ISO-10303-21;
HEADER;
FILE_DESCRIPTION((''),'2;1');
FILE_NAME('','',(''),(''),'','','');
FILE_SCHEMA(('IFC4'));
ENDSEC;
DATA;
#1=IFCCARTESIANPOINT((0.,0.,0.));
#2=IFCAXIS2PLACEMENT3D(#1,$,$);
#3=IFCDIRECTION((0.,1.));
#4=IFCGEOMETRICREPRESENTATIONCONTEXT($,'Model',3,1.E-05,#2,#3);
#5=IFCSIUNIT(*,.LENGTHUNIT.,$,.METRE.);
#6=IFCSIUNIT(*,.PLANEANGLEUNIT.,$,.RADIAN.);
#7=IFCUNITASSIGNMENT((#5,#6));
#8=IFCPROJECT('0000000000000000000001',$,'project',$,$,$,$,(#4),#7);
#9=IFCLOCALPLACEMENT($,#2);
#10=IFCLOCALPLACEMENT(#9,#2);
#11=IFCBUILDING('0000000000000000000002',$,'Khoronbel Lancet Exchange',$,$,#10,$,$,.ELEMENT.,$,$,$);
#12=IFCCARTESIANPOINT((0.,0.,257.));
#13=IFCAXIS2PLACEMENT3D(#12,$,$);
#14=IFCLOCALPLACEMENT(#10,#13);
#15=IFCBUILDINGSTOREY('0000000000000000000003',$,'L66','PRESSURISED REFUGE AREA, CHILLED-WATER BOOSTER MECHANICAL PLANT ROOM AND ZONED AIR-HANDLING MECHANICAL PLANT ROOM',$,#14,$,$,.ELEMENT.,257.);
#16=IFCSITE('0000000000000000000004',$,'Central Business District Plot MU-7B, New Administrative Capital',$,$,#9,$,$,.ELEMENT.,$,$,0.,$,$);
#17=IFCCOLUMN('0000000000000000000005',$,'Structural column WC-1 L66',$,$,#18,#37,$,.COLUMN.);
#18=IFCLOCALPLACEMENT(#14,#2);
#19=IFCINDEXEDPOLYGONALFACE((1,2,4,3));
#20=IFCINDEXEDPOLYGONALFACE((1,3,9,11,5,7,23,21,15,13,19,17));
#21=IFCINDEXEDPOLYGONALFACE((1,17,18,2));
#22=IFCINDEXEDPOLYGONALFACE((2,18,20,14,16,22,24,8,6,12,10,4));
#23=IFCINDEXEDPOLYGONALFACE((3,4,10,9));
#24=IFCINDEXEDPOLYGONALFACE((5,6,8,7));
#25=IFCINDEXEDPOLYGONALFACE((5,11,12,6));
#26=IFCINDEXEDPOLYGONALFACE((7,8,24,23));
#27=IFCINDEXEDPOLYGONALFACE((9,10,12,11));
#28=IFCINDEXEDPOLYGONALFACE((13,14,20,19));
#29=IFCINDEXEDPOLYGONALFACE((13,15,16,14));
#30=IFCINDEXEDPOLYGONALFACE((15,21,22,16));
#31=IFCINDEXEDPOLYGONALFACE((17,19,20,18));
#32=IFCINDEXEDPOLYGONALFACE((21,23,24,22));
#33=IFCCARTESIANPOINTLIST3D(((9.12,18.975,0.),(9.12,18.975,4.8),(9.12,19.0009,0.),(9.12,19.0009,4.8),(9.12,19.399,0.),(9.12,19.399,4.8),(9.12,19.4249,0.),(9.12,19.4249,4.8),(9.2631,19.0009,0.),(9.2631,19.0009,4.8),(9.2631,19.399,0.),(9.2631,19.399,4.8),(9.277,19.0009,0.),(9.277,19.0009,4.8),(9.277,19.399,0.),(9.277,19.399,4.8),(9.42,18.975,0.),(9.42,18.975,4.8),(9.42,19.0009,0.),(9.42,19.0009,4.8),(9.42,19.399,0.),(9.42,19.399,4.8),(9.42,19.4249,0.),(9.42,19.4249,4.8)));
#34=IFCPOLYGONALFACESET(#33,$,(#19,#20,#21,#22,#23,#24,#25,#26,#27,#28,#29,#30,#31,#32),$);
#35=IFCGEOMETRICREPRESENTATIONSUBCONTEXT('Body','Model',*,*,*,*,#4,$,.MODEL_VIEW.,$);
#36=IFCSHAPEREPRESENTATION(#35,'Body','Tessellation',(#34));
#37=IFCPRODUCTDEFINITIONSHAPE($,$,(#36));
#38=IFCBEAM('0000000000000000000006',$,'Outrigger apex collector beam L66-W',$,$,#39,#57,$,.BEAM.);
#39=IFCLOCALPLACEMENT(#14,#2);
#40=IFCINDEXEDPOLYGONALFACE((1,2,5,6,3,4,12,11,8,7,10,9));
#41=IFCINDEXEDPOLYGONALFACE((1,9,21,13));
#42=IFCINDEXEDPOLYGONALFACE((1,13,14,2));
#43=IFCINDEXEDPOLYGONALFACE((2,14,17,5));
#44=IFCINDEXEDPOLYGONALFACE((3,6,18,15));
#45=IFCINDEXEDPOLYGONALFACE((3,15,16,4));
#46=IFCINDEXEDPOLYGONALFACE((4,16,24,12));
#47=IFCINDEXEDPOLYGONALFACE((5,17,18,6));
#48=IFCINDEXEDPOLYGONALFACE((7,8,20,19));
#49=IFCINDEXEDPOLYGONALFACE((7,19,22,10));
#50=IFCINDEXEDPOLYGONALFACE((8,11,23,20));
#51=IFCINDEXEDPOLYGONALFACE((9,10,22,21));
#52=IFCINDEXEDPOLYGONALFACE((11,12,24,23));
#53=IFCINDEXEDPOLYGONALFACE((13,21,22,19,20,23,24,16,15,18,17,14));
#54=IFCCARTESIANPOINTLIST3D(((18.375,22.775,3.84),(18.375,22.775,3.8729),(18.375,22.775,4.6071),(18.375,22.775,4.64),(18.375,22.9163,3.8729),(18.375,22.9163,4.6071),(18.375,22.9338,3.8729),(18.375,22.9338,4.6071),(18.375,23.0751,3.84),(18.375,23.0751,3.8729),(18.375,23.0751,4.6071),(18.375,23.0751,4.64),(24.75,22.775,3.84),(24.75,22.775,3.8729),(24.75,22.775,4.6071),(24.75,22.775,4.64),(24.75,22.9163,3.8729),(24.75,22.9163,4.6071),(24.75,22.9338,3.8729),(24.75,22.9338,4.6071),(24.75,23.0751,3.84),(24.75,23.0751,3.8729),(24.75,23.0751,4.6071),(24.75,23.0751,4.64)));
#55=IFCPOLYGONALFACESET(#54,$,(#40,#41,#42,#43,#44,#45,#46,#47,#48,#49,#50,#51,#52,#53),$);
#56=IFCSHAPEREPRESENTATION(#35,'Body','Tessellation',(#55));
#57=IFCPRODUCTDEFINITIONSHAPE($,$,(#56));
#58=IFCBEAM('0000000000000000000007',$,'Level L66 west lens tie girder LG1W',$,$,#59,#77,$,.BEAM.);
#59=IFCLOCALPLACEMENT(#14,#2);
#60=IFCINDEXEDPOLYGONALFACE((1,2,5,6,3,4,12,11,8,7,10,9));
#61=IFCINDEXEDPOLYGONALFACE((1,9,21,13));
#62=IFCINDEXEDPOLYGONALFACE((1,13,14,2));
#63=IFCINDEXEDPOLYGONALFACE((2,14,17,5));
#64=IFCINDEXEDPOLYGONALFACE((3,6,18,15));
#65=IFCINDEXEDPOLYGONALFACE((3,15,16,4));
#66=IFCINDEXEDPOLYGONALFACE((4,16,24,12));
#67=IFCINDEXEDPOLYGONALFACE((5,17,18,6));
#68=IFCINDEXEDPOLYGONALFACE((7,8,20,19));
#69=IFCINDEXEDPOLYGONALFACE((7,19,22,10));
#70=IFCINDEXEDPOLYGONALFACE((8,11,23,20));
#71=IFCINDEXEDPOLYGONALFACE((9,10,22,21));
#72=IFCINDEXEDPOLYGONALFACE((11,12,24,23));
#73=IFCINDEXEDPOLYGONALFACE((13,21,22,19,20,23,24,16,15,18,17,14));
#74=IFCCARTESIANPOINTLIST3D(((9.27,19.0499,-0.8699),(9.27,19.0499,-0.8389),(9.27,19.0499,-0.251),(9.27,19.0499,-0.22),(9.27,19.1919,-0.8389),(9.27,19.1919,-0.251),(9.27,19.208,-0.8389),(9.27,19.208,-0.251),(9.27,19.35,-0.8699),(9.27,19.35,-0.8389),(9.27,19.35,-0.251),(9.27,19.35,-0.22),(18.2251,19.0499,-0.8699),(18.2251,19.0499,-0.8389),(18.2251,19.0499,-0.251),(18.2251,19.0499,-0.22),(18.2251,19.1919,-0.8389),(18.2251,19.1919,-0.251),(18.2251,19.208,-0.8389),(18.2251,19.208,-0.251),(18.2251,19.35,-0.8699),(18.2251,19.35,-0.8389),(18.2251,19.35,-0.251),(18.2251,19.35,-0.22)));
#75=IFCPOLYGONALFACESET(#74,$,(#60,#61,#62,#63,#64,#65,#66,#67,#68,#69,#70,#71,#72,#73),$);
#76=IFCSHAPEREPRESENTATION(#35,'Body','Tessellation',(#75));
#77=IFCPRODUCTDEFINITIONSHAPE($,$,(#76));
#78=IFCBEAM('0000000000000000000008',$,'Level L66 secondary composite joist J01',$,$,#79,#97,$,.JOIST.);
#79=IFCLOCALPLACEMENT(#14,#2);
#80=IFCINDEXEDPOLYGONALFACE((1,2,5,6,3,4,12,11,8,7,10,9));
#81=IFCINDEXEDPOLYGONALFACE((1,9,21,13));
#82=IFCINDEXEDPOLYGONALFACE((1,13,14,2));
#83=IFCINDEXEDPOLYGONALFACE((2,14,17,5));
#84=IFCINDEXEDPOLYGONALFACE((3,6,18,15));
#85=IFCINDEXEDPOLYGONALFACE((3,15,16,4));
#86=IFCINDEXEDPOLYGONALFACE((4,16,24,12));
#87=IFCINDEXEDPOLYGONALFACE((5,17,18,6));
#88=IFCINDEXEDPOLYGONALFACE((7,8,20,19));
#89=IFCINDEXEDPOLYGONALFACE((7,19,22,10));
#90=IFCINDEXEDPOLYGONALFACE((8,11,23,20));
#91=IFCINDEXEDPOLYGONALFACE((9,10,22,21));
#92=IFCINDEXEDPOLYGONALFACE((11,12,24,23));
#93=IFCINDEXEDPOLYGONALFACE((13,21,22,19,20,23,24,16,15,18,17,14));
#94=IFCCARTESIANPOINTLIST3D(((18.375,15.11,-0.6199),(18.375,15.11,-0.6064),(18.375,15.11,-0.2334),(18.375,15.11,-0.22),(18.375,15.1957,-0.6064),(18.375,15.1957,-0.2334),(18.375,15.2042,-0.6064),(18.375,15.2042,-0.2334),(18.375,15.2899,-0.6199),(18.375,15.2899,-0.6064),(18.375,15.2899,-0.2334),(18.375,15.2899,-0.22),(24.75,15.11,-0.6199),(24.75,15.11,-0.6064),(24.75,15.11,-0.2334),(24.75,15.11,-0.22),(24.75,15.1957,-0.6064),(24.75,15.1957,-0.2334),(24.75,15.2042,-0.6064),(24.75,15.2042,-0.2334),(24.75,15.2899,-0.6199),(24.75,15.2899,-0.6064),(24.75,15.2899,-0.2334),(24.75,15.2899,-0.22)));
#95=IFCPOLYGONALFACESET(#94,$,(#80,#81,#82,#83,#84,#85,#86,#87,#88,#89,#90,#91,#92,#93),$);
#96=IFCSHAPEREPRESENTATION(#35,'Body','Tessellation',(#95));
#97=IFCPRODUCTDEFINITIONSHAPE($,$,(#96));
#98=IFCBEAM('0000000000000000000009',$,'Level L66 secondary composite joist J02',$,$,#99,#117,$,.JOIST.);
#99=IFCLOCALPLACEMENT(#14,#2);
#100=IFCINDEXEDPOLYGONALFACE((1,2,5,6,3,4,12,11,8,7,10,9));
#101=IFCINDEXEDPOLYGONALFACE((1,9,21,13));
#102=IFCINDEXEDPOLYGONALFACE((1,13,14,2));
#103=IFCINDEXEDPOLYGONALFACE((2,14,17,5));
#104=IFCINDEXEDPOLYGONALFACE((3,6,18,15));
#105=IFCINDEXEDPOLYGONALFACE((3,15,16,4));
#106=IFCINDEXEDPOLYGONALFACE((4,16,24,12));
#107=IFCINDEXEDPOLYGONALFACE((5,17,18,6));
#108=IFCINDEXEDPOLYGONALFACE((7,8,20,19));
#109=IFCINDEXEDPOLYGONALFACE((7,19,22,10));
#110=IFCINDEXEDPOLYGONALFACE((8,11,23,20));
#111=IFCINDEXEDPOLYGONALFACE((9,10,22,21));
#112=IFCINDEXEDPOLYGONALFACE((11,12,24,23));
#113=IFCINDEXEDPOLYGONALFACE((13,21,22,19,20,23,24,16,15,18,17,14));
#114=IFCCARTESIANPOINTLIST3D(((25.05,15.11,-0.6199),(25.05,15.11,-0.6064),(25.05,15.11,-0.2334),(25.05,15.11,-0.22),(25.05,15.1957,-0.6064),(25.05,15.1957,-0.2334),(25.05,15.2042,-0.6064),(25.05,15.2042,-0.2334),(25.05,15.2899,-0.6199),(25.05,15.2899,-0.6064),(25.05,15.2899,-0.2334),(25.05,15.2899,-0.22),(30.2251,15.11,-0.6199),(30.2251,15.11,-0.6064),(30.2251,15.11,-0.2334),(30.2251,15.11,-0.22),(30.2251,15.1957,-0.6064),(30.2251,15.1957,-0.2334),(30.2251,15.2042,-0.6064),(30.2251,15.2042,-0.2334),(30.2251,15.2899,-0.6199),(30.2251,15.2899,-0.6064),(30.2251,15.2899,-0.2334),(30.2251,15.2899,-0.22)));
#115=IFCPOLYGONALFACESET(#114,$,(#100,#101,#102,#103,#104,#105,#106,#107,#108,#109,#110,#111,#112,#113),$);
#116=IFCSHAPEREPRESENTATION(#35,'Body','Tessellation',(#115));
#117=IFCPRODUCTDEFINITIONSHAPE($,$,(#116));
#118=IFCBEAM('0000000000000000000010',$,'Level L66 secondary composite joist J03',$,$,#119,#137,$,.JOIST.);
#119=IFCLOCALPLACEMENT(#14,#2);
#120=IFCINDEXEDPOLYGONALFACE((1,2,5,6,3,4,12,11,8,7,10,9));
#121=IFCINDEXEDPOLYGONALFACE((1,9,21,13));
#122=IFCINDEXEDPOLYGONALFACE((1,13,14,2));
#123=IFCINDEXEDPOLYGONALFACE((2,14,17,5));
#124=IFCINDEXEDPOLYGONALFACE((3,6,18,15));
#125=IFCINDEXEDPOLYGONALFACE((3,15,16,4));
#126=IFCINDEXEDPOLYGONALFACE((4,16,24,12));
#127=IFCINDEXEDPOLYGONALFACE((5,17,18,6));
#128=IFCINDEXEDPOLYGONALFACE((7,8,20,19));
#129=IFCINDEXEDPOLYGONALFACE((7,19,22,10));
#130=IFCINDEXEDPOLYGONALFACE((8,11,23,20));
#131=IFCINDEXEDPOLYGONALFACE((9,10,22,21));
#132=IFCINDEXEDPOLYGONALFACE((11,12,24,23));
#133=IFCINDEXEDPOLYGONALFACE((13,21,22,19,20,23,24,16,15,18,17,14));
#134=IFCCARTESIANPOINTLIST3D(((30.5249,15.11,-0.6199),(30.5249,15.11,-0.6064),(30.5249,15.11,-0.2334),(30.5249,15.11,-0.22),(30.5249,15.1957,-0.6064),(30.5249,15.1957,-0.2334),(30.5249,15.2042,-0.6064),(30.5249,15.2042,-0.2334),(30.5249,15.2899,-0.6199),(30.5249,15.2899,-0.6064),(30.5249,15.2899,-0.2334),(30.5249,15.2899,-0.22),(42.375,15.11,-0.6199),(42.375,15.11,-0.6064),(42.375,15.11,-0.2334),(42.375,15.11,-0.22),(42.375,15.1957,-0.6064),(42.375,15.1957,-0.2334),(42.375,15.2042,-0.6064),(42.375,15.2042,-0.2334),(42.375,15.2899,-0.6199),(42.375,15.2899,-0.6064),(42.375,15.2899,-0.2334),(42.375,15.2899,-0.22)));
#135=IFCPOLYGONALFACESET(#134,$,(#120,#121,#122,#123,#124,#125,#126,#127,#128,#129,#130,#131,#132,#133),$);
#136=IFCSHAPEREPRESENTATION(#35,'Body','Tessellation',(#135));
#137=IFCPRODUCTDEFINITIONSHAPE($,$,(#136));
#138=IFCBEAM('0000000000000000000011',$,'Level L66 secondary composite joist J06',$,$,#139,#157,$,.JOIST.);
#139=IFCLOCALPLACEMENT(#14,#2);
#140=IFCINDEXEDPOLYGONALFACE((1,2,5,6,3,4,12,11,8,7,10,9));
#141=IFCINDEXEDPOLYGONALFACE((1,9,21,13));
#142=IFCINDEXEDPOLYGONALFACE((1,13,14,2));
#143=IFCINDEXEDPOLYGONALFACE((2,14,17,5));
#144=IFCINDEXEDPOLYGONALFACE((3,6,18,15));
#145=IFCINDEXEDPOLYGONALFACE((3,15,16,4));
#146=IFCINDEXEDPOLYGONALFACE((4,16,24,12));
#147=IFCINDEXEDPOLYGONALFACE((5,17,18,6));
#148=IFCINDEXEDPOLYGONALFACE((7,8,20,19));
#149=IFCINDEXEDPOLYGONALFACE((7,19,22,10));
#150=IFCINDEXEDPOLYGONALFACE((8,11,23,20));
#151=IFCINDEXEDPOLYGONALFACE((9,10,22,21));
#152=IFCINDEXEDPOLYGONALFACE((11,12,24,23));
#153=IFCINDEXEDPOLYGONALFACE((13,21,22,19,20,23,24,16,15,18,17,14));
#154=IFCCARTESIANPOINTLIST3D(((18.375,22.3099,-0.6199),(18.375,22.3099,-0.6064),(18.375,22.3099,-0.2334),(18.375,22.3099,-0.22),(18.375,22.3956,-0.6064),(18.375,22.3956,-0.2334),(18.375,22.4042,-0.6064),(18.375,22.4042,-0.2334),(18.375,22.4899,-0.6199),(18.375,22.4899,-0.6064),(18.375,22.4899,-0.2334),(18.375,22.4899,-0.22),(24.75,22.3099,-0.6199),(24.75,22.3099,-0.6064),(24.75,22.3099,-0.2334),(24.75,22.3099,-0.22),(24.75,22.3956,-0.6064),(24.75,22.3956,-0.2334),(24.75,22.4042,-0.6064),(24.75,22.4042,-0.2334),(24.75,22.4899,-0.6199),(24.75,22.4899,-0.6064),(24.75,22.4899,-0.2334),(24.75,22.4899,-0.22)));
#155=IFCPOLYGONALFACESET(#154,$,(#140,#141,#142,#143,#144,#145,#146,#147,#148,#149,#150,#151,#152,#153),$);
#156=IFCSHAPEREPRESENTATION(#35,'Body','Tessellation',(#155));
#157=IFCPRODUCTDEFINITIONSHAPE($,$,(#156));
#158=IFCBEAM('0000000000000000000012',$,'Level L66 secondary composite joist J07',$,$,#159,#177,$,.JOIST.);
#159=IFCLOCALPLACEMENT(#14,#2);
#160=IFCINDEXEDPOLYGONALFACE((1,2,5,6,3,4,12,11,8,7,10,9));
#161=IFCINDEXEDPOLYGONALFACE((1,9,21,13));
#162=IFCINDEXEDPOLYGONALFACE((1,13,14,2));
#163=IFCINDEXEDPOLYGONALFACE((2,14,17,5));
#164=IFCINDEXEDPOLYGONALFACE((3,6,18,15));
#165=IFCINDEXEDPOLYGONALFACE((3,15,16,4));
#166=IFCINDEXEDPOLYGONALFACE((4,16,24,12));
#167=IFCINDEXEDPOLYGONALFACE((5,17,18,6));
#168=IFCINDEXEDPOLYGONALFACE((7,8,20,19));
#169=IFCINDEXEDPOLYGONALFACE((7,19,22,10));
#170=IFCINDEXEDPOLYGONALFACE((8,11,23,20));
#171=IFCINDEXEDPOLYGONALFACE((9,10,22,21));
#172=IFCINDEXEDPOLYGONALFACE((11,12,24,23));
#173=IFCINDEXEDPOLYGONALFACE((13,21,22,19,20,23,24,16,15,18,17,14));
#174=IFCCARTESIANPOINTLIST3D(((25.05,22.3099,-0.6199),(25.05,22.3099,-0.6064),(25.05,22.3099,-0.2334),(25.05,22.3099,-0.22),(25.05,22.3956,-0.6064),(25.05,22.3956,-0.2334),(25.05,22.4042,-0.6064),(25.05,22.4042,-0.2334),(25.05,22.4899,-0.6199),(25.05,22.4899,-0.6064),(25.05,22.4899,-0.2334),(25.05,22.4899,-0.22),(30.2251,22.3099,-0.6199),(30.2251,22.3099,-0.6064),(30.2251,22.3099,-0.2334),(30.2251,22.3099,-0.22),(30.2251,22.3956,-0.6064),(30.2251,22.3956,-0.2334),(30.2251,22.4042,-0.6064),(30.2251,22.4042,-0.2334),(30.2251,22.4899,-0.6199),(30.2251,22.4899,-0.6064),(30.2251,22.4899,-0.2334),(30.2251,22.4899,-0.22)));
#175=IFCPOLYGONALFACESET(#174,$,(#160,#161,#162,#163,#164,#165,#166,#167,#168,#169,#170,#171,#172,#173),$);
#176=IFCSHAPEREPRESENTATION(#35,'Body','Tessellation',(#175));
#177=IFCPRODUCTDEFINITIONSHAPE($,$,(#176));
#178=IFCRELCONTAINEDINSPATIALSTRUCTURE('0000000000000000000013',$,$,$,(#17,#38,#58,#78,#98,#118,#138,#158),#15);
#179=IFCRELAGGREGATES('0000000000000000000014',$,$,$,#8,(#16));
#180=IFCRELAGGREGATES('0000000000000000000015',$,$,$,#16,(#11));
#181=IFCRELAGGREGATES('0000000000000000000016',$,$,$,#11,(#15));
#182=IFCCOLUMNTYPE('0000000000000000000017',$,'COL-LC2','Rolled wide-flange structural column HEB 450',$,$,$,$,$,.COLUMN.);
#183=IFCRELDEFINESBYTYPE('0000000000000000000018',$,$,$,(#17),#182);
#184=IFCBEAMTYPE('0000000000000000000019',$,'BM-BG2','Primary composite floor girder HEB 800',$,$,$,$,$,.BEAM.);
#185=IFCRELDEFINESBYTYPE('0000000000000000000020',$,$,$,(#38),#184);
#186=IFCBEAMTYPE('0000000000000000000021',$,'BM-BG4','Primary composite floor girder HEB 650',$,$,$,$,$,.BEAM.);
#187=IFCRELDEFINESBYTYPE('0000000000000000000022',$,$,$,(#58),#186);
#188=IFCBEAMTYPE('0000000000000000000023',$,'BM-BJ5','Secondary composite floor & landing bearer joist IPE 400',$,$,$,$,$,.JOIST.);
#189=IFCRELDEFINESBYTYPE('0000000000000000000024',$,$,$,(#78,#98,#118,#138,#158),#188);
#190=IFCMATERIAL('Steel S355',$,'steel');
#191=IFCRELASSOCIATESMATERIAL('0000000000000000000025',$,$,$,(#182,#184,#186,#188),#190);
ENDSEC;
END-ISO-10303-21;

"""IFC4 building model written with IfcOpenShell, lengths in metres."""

from ifc_helpers import new_model, si_unit, direction, frame, origin, origin_2d, place, context, subcontext, project, spatial, i_section, extrude, material, material_profile, profile_set, type_object, element, save


model = new_model("IFC4")

# Units and contexts
model_context = context("Model", 3, precision=1e-05, world=origin(), true_north=direction((0.0, 1.0)))
body_context = subcontext(model_context, "Body", "Model", "MODEL_VIEW")
ifc_project = project(units=[si_unit("LENGTHUNIT", "METRE"), si_unit("PLANEANGLEUNIT", "RADIAN")], contexts=[model_context])

# Site, building, storey
site_placement = place(None, origin())
site = spatial("IfcSite", under=ifc_project, at=site_placement, Name="Central Business District Plot MU-7B, New Administrative Capital", CompositionType="ELEMENT", RefElevation=0.0)
building_placement = place(site_placement, origin())
building = spatial("IfcBuilding", under=site, at=building_placement, Name="Khoronbel Lancet Exchange", CompositionType="ELEMENT")
storey_placement = place(building_placement, frame((0.0, 0.0, 257.0)))
storey = spatial("IfcBuildingStorey", under=building, at=storey_placement, Name="L66", Description="PRESSURISED REFUGE AREA, CHILLED-WATER BOOSTER MECHANICAL PLANT ROOM AND ZONED AIR-HANDLING MECHANICAL PLANT ROOM", CompositionType="ELEMENT", Elevation=257.0)

# Column
ifc_material_1 = material(Name="Steel S355", Category="steel")
ifc_material_profile_1 = material_profile(ifc_material_1, i_section(OverallWidth=0.3, OverallDepth=0.45, WebThickness=0.0139, FlangeThickness=0.0259, at=origin_2d()), Name="HEB 450")
ifc_profile_set_1 = profile_set([ifc_material_profile_1], Name="Steel S355")
column_type = type_object("IfcColumnType", Name="COL-LC2", Description="Rolled wide-flange structural column HEB 450", PredefinedType="COLUMN", material=ifc_profile_set_1)
column_placement = place(storey_placement, frame((9.27, 19.2, 0.0), z_axis=(0.0, 0.0, 1.0), x_axis=(1.0, 0.0, 0.0)))
element("IfcColumn", 1, at=column_placement, inside=storey, type_object=column_type, Name="Structural column WC-1 L66", PredefinedType="COLUMN", context=body_context, shape_type="SweptSolid", body=[
    extrude(i_section(OverallWidth=0.3, OverallDepth=0.45, WebThickness=0.0139, FlangeThickness=0.0259, at=origin_2d()), origin(), (0.0, 0.0, 1.0), 4.8),
])

# Beams
ifc_material_profile_2 = material_profile(ifc_material_1, i_section(OverallWidth=0.3, OverallDepth=0.8, WebThickness=0.0176, FlangeThickness=0.033, at=origin_2d()), Name="HEB 800")
ifc_profile_set_2 = profile_set([ifc_material_profile_2], Name="Steel S355")
beam_type_1 = type_object("IfcBeamType", Name="BM-BG2", Description="Primary composite floor girder HEB 800", PredefinedType="BEAM", material=ifc_profile_set_2)
beam_1_placement = place(storey_placement, frame((18.375, 22.925, 4.24), z_axis=(1.0, 0.0, 0.0), x_axis=(0.0, 1.0, 0.0)))
element("IfcBeam", 2, at=beam_1_placement, inside=storey, type_object=beam_type_1, Name="Outrigger apex collector beam L66-W", PredefinedType="BEAM", context=body_context, shape_type="SweptSolid", body=[
    extrude(i_section(OverallWidth=0.3, OverallDepth=0.8, WebThickness=0.0176, FlangeThickness=0.033, at=origin_2d()), origin(), (0.0, 0.0, 1.0), 6.375),
])
ifc_material_profile_3 = material_profile(ifc_material_1, i_section(OverallWidth=0.3, OverallDepth=0.6499, WebThickness=0.0161, FlangeThickness=0.031, at=origin_2d()), Name="HEB 650")
ifc_profile_set_3 = profile_set([ifc_material_profile_3], Name="Steel S355")
beam_type_2 = type_object("IfcBeamType", Name="BM-BG4", Description="Primary composite floor girder HEB 650", PredefinedType="BEAM", material=ifc_profile_set_3)
beam_2_placement = place(storey_placement, frame((9.27, 19.2, -0.5449), z_axis=(1.0, 0.0, 0.0), x_axis=(0.0, 1.0, 0.0)))
element("IfcBeam", 3, at=beam_2_placement, inside=storey, type_object=beam_type_2, Name="Level L66 west lens tie girder LG1W", PredefinedType="BEAM", context=body_context, shape_type="SweptSolid", body=[
    extrude(i_section(OverallWidth=0.3, OverallDepth=0.6499, WebThickness=0.0161, FlangeThickness=0.031, at=origin_2d()), origin(), (0.0, 0.0, 1.0), 8.9551),
])
ifc_material_profile_4 = material_profile(ifc_material_1, i_section(OverallWidth=0.1799, OverallDepth=0.3999, WebThickness=0.0085, FlangeThickness=0.0134, at=origin_2d()), Name="IPE 400")
ifc_profile_set_4 = profile_set([ifc_material_profile_4], Name="Steel S355")
beam_type_3 = type_object("IfcBeamType", Name="BM-BJ5", Description="Secondary composite floor & landing bearer joist IPE 400", PredefinedType="JOIST", material=ifc_profile_set_4)
beam_3_placement = place(storey_placement, frame((18.375, 15.2, -0.4199), z_axis=(1.0, 0.0, 0.0), x_axis=(0.0, 1.0, 0.0)))
element("IfcBeam", 4, at=beam_3_placement, inside=storey, type_object=beam_type_3, Name="Level L66 secondary composite joist J01", PredefinedType="JOIST", context=body_context, shape_type="SweptSolid", body=[
    extrude(i_section(OverallWidth=0.1799, OverallDepth=0.3999, WebThickness=0.0085, FlangeThickness=0.0134, at=origin_2d()), origin(), (0.0, 0.0, 1.0), 6.375),
])
beam_4_placement = place(storey_placement, frame((25.05, 15.2, -0.4199), z_axis=(1.0, 0.0, 0.0), x_axis=(0.0, 1.0, 0.0)))
element("IfcBeam", 5, at=beam_4_placement, inside=storey, type_object=beam_type_3, Name="Level L66 secondary composite joist J02", PredefinedType="JOIST", context=body_context, shape_type="SweptSolid", body=[
    extrude(i_section(OverallWidth=0.1799, OverallDepth=0.3999, WebThickness=0.0085, FlangeThickness=0.0134, at=origin_2d()), origin(), (0.0, 0.0, 1.0), 5.175),
])
beam_5_placement = place(storey_placement, frame((30.5249, 15.2, -0.4199), z_axis=(1.0, 0.0, 0.0), x_axis=(0.0, 1.0, 0.0)))
element("IfcBeam", 6, at=beam_5_placement, inside=storey, type_object=beam_type_3, Name="Level L66 secondary composite joist J03", PredefinedType="JOIST", context=body_context, shape_type="SweptSolid", body=[
    extrude(i_section(OverallWidth=0.1799, OverallDepth=0.3999, WebThickness=0.0085, FlangeThickness=0.0134, at=origin_2d()), origin(), (0.0, 0.0, 1.0), 11.8501),
])
beam_6_placement = place(storey_placement, frame((18.375, 22.3999, -0.4199), z_axis=(1.0, 0.0, 0.0), x_axis=(0.0, 1.0, 0.0)))
element("IfcBeam", 7, at=beam_6_placement, inside=storey, type_object=beam_type_3, Name="Level L66 secondary composite joist J06", PredefinedType="JOIST", context=body_context, shape_type="SweptSolid", body=[
    extrude(i_section(OverallWidth=0.1799, OverallDepth=0.3999, WebThickness=0.0085, FlangeThickness=0.0134, at=origin_2d()), origin(), (0.0, 0.0, 1.0), 6.375),
])
beam_7_placement = place(storey_placement, frame((25.05, 22.3999, -0.4199), z_axis=(1.0, 0.0, 0.0), x_axis=(0.0, 1.0, 0.0)))
element("IfcBeam", 8, at=beam_7_placement, inside=storey, type_object=beam_type_3, Name="Level L66 secondary composite joist J07", PredefinedType="JOIST", context=body_context, shape_type="SweptSolid", body=[
    extrude(i_section(OverallWidth=0.1799, OverallDepth=0.3999, WebThickness=0.0085, FlangeThickness=0.0134, at=origin_2d()), origin(), (0.0, 0.0, 1.0), 5.175),
])

save(model, "model.ifc")
